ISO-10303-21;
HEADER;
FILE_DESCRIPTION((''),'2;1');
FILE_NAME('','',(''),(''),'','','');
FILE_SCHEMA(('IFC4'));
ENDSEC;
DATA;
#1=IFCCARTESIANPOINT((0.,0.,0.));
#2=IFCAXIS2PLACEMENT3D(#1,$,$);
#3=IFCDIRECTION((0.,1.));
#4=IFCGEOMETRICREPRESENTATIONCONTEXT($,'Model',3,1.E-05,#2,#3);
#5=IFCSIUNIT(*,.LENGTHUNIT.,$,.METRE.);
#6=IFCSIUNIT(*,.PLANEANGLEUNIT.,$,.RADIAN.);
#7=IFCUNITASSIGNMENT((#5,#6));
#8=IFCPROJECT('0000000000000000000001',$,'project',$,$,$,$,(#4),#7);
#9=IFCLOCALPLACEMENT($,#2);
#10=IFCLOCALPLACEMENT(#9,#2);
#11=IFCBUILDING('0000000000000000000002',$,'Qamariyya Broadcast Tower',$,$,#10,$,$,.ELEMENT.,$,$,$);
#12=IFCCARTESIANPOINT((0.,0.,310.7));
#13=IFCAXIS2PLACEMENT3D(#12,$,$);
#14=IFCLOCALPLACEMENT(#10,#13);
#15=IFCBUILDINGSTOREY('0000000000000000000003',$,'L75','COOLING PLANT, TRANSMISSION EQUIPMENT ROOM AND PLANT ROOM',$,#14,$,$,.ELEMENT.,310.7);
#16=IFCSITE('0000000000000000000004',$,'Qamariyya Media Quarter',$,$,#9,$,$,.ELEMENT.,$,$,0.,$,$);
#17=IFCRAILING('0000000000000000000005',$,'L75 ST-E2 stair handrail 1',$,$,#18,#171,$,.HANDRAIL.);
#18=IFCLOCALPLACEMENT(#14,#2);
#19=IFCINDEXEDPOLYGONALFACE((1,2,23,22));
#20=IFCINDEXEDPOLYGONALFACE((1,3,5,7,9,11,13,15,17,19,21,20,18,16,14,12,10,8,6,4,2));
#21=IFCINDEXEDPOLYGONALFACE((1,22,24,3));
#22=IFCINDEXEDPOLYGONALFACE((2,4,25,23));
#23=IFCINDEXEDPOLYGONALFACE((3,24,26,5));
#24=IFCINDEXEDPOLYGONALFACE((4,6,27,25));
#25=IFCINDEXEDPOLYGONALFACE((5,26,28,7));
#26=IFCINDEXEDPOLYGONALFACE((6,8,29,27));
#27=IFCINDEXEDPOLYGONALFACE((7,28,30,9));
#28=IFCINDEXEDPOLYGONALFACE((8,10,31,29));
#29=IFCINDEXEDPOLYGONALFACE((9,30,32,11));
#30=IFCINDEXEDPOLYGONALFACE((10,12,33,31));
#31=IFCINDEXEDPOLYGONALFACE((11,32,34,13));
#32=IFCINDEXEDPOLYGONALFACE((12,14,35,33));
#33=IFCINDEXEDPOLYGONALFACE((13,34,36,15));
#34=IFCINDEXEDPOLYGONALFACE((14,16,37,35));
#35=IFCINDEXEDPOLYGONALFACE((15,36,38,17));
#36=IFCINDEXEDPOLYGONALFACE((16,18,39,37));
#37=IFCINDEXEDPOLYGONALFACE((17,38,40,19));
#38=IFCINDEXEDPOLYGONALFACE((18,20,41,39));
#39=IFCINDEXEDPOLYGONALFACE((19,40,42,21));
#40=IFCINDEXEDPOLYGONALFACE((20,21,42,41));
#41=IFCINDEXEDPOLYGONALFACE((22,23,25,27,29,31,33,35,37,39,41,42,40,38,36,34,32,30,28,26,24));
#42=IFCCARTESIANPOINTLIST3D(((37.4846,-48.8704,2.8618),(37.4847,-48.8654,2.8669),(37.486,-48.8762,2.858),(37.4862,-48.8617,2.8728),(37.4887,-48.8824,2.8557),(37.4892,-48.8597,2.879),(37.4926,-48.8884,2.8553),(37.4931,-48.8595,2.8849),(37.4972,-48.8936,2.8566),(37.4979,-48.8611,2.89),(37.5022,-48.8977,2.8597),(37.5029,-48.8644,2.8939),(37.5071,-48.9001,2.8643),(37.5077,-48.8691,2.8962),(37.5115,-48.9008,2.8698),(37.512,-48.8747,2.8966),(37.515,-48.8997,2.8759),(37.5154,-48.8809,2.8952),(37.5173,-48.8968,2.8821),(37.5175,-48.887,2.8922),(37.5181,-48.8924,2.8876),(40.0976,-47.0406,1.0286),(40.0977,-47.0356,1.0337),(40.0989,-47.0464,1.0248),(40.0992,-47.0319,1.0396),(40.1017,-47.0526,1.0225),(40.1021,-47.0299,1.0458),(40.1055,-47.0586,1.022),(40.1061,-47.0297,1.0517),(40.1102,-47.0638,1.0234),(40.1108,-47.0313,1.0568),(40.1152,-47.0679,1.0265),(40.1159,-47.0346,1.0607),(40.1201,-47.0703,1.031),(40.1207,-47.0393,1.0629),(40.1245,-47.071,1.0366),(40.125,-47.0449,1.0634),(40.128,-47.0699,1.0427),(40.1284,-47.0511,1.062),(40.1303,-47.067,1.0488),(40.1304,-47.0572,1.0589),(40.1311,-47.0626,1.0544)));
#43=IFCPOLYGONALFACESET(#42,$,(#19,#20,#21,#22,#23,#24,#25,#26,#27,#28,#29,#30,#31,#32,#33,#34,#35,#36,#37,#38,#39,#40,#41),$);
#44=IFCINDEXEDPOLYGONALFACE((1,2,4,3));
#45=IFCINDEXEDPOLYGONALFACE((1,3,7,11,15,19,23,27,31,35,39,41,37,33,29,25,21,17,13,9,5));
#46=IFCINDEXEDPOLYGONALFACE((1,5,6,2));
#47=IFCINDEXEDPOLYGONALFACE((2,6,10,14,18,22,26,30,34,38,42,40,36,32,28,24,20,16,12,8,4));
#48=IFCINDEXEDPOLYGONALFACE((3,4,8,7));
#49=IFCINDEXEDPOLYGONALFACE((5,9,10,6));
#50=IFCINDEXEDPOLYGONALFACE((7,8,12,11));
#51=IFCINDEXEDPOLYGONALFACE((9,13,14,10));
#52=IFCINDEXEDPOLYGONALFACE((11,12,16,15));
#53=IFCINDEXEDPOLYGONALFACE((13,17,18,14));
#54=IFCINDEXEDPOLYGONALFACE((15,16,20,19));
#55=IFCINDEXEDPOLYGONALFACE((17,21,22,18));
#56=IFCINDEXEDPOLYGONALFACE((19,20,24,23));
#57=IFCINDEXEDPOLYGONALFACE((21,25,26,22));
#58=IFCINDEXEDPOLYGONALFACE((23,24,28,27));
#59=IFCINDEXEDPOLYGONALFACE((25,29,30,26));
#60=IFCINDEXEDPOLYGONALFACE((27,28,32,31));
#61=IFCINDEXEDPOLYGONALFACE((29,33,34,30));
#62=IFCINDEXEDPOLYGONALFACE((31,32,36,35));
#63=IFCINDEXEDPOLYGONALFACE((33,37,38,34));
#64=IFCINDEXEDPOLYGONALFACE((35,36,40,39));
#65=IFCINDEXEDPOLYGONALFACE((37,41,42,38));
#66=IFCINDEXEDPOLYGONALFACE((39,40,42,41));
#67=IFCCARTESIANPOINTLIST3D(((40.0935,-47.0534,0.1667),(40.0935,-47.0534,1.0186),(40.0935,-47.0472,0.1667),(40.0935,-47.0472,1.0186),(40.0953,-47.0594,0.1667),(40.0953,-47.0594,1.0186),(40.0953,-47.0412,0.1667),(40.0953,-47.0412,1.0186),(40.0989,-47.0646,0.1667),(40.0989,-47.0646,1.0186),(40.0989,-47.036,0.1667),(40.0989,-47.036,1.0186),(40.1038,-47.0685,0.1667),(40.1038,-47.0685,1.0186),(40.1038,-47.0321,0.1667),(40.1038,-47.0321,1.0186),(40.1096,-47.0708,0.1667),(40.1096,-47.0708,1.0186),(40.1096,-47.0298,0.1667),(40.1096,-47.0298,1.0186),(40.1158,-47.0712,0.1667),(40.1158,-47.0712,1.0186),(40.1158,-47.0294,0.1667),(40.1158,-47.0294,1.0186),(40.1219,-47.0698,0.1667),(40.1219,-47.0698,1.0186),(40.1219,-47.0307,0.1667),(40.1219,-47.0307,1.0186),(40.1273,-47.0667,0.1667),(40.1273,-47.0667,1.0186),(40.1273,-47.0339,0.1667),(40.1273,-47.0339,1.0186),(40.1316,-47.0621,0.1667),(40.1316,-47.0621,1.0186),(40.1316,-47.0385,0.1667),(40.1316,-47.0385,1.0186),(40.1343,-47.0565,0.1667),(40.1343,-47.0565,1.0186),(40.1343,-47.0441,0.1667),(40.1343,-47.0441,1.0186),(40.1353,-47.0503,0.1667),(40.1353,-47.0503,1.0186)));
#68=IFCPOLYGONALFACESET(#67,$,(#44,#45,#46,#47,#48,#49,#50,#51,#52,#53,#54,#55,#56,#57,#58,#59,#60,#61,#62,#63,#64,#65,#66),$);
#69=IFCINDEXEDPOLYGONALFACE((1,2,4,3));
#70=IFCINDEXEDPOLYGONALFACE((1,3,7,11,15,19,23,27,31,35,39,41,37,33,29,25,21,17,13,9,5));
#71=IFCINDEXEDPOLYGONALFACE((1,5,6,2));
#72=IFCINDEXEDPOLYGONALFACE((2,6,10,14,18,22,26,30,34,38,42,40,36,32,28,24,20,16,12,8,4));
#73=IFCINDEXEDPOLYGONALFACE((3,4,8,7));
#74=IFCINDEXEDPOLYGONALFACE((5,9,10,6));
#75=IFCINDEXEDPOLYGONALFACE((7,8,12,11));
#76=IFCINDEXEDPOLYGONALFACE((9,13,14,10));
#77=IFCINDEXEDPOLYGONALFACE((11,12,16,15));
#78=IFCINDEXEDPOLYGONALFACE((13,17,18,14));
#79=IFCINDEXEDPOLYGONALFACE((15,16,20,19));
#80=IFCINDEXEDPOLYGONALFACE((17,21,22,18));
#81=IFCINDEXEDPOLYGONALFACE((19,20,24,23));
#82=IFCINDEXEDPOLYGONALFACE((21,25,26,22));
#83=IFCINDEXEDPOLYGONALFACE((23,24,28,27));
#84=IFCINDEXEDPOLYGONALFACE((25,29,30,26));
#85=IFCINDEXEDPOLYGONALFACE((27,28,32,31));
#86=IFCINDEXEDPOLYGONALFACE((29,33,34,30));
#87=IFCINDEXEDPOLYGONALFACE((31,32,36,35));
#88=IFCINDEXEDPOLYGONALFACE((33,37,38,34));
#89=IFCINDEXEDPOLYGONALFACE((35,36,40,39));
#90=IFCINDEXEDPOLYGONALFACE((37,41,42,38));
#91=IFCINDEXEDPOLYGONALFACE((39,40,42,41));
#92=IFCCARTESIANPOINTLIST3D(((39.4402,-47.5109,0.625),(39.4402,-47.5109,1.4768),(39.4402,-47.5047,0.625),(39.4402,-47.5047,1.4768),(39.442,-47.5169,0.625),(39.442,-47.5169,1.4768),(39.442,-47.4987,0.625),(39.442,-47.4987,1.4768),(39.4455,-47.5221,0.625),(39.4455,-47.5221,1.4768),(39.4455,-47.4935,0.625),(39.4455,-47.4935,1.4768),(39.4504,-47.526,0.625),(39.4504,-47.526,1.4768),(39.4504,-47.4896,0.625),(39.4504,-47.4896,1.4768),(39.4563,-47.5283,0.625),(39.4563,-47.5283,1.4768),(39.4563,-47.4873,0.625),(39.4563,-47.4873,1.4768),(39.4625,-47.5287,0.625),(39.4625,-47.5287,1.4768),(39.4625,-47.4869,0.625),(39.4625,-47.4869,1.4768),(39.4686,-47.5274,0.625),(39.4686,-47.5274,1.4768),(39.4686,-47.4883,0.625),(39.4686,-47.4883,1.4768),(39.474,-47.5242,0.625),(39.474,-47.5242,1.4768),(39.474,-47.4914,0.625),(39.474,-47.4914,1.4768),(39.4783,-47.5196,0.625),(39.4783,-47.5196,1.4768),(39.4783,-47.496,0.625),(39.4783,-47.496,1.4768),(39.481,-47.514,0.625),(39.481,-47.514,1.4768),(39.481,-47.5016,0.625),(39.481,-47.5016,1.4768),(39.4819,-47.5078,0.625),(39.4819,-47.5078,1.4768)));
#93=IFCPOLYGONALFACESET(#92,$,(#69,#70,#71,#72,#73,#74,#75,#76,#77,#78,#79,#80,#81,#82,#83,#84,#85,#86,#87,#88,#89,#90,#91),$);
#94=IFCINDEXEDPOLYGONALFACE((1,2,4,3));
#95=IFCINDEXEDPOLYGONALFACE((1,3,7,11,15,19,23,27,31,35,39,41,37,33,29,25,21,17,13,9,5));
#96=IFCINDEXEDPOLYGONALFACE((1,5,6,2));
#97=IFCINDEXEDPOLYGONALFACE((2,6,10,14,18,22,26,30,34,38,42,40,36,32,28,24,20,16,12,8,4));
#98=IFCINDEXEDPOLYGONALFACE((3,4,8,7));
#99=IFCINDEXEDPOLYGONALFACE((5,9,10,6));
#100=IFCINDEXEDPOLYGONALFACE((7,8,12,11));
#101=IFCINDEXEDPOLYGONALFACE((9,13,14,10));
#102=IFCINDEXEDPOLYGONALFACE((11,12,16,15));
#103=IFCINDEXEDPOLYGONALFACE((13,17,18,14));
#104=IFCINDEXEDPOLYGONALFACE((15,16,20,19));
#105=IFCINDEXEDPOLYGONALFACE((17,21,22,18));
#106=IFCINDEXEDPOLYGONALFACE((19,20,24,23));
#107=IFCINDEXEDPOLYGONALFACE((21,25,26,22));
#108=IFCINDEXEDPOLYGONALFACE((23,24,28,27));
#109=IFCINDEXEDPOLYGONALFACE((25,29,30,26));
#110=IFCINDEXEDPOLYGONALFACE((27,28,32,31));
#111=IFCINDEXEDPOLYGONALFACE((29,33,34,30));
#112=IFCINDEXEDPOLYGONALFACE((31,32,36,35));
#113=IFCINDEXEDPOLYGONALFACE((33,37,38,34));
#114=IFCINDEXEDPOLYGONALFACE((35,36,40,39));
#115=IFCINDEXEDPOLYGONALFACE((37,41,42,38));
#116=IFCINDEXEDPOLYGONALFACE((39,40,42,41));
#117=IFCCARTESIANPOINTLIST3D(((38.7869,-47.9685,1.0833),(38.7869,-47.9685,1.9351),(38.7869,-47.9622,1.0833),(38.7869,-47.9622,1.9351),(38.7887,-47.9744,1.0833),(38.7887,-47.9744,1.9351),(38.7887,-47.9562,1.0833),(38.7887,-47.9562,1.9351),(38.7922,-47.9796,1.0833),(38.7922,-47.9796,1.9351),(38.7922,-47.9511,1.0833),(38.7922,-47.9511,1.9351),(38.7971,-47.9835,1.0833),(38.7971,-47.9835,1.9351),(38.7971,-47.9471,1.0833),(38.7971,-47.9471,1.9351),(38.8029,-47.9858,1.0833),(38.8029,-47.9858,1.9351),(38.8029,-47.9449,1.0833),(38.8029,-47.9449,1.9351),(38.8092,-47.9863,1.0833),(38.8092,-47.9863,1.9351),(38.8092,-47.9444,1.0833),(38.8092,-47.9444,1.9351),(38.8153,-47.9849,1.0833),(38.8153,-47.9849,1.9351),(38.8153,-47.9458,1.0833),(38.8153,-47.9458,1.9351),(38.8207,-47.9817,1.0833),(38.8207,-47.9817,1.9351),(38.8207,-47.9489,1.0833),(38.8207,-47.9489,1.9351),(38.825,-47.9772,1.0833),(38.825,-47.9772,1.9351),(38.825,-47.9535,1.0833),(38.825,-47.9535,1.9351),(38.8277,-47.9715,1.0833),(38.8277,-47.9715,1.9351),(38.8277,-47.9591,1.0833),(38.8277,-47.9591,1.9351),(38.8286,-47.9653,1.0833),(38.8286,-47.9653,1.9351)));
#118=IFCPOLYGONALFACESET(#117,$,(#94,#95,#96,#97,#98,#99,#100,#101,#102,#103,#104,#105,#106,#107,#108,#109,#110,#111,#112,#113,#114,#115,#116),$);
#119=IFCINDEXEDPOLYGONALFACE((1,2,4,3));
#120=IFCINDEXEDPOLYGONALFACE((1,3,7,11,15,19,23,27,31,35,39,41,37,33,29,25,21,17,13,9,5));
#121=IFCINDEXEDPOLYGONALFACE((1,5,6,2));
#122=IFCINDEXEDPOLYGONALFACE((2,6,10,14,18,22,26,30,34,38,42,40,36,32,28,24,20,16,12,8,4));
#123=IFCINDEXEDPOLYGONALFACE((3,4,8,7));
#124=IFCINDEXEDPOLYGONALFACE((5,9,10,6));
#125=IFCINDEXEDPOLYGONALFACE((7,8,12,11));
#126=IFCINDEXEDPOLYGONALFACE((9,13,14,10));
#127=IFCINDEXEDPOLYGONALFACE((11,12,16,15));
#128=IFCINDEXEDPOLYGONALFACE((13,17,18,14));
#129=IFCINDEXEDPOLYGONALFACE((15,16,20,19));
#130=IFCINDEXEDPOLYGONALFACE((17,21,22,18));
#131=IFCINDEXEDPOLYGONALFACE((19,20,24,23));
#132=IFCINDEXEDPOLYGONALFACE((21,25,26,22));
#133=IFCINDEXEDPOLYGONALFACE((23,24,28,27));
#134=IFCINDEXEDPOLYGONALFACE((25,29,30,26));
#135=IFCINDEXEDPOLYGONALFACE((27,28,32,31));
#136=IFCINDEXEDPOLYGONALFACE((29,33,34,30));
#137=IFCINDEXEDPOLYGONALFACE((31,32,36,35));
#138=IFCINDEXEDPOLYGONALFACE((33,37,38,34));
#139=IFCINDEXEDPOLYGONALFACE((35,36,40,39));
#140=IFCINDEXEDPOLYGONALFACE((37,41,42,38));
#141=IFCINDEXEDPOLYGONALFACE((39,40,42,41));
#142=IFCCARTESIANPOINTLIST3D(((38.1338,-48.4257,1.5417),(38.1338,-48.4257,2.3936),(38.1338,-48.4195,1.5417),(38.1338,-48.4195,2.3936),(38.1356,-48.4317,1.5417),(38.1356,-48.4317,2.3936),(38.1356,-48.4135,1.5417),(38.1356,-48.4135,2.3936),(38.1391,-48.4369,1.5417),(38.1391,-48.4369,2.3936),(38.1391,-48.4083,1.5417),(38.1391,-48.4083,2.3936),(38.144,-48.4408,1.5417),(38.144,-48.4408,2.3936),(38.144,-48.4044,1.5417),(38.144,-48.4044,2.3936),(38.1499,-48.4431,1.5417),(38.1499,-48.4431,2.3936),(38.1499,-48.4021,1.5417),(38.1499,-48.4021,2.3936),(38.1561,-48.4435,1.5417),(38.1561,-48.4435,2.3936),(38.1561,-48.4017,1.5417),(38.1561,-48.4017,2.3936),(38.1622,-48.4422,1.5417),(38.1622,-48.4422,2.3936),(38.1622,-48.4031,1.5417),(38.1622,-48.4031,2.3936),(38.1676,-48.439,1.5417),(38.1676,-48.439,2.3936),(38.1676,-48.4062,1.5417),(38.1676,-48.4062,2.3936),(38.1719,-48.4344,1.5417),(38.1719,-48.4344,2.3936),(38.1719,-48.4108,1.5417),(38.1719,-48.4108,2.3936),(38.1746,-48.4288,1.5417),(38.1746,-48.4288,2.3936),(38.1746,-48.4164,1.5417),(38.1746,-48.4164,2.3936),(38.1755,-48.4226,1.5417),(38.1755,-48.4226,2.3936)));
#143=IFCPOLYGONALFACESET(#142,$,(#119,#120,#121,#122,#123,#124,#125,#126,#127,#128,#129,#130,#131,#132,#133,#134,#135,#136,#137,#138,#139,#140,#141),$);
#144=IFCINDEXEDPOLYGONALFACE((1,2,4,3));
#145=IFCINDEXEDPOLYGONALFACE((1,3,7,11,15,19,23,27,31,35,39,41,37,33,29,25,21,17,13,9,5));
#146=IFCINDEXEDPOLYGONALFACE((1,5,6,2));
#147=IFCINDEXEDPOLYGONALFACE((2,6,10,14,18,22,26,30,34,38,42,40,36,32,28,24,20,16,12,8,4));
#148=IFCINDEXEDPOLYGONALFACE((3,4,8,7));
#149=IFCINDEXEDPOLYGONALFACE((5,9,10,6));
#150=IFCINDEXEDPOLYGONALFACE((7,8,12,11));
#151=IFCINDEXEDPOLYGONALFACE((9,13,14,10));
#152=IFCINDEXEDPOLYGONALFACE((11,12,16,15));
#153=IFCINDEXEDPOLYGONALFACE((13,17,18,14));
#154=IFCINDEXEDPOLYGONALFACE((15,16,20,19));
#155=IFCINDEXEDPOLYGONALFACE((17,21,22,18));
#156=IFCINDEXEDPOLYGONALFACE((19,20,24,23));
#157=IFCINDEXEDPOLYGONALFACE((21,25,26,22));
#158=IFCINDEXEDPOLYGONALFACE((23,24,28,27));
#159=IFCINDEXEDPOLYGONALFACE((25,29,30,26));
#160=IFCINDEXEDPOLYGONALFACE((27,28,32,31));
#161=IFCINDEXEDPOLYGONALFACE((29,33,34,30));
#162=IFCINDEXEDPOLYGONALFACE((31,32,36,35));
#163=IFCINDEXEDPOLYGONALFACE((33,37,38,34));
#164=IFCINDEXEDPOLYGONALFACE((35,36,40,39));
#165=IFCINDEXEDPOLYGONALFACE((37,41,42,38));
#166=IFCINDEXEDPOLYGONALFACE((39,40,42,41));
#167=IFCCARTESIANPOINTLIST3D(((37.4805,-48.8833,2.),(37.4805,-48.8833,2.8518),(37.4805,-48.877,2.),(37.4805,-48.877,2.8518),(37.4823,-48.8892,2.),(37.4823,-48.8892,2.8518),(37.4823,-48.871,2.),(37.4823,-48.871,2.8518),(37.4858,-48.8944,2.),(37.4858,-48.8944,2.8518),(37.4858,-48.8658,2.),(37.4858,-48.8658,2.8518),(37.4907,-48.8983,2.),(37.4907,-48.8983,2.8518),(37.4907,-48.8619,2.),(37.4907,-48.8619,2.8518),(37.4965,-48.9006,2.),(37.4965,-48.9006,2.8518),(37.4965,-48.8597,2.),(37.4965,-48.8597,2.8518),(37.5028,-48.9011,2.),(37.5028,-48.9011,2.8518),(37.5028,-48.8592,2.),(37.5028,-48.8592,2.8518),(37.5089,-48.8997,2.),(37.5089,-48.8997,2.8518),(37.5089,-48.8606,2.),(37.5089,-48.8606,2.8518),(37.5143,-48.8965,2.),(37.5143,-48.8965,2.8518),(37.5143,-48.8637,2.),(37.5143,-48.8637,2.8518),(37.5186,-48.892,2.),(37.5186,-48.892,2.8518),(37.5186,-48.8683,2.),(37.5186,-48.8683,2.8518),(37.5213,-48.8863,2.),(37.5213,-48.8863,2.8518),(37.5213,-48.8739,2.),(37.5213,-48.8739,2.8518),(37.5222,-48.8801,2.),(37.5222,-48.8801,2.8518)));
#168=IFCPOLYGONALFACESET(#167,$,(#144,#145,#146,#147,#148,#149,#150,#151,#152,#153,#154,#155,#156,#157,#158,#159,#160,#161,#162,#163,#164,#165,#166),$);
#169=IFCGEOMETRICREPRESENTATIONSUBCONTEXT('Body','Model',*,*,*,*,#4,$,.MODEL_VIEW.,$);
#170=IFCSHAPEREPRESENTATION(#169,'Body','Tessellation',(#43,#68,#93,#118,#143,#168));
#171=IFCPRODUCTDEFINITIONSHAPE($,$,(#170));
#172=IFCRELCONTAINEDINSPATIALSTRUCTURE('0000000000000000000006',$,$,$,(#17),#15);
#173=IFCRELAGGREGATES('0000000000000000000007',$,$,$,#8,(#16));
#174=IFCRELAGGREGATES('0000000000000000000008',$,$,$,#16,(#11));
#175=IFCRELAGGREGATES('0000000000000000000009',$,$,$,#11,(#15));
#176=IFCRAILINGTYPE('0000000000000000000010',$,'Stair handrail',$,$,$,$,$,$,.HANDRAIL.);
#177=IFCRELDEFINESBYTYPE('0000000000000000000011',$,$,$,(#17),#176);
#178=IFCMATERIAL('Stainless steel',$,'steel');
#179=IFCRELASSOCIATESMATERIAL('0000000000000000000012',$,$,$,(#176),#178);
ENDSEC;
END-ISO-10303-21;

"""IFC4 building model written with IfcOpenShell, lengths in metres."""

from ifc_helpers import new_model, si_unit, direction, frame, origin, origin_2d, place, context, subcontext, project, spatial, circle, extrude, material, type_object, element, save


model = new_model("IFC4")

# Units and contexts
model_context = context("Model", 3, precision=1e-05, world=origin(), true_north=direction((0.0, 1.0)))
body_context = subcontext(model_context, "Body", "Model", "MODEL_VIEW")
ifc_project = project(units=[si_unit("LENGTHUNIT", "METRE"), si_unit("PLANEANGLEUNIT", "RADIAN")], contexts=[model_context])

# Site, building, storey
site_placement = place(None, origin())
site = spatial("IfcSite", under=ifc_project, at=site_placement, Name="Qamariyya Media Quarter", CompositionType="ELEMENT", RefElevation=0.0)
building_placement = place(site_placement, origin())
building = spatial("IfcBuilding", under=site, at=building_placement, Name="Qamariyya Broadcast Tower", CompositionType="ELEMENT")
storey_placement = place(building_placement, frame((0.0, 0.0, 310.7)))
storey = spatial("IfcBuildingStorey", under=building, at=storey_placement, Name="L75", Description="COOLING PLANT, TRANSMISSION EQUIPMENT ROOM AND PLANT ROOM", CompositionType="ELEMENT", Elevation=310.7)

# Railing
ifc_material_1 = material(Name="Stainless steel", Category="steel")
railing_type_1 = type_object("IfcRailingType", Name="Stair handrail", PredefinedType="HANDRAIL", material=ifc_material_1)
railing_1_placement = place(storey_placement, frame((40.1143, -47.0503, 0.1667)))
element("IfcRailing", 1, at=railing_1_placement, inside=storey, type_object=railing_type_1, Name="L75 ST-E2 stair handrail 1", PredefinedType="HANDRAIL", context=body_context, shape_type="SweptSolid", body=[
    extrude(circle(Radius=0.0239, at=origin_2d()), frame((0.0, 0.0, 0.876), z_axis=(-0.710204, -0.497335, 0.498264), x_axis=(0.573611, -0.819128, 0.0)), (0.0, 0.0, 1.0), 3.6792),
    extrude(circle(Radius=0.021, at=origin_2d()), origin(), (0.0, 0.0, 1.0), 0.8518),
    extrude(circle(Radius=0.021, at=origin_2d()), frame((-0.6533, -0.4575, 0.4583)), (0.0, 0.0, 1.0), 0.8518),
    extrude(circle(Radius=0.021, at=origin_2d()), frame((-1.3066, -0.915, 0.9165)), (0.0, 0.0, 1.0), 0.8518),
    extrude(circle(Radius=0.021, at=origin_2d()), frame((-1.9597, -1.3723, 1.375)), (0.0, 0.0, 1.0), 0.8518),
    extrude(circle(Radius=0.021, at=origin_2d()), frame((-2.613, -1.8298, 1.8333)), (0.0, 0.0, 1.0), 0.8518),
])

save(model, "model.ifc")
